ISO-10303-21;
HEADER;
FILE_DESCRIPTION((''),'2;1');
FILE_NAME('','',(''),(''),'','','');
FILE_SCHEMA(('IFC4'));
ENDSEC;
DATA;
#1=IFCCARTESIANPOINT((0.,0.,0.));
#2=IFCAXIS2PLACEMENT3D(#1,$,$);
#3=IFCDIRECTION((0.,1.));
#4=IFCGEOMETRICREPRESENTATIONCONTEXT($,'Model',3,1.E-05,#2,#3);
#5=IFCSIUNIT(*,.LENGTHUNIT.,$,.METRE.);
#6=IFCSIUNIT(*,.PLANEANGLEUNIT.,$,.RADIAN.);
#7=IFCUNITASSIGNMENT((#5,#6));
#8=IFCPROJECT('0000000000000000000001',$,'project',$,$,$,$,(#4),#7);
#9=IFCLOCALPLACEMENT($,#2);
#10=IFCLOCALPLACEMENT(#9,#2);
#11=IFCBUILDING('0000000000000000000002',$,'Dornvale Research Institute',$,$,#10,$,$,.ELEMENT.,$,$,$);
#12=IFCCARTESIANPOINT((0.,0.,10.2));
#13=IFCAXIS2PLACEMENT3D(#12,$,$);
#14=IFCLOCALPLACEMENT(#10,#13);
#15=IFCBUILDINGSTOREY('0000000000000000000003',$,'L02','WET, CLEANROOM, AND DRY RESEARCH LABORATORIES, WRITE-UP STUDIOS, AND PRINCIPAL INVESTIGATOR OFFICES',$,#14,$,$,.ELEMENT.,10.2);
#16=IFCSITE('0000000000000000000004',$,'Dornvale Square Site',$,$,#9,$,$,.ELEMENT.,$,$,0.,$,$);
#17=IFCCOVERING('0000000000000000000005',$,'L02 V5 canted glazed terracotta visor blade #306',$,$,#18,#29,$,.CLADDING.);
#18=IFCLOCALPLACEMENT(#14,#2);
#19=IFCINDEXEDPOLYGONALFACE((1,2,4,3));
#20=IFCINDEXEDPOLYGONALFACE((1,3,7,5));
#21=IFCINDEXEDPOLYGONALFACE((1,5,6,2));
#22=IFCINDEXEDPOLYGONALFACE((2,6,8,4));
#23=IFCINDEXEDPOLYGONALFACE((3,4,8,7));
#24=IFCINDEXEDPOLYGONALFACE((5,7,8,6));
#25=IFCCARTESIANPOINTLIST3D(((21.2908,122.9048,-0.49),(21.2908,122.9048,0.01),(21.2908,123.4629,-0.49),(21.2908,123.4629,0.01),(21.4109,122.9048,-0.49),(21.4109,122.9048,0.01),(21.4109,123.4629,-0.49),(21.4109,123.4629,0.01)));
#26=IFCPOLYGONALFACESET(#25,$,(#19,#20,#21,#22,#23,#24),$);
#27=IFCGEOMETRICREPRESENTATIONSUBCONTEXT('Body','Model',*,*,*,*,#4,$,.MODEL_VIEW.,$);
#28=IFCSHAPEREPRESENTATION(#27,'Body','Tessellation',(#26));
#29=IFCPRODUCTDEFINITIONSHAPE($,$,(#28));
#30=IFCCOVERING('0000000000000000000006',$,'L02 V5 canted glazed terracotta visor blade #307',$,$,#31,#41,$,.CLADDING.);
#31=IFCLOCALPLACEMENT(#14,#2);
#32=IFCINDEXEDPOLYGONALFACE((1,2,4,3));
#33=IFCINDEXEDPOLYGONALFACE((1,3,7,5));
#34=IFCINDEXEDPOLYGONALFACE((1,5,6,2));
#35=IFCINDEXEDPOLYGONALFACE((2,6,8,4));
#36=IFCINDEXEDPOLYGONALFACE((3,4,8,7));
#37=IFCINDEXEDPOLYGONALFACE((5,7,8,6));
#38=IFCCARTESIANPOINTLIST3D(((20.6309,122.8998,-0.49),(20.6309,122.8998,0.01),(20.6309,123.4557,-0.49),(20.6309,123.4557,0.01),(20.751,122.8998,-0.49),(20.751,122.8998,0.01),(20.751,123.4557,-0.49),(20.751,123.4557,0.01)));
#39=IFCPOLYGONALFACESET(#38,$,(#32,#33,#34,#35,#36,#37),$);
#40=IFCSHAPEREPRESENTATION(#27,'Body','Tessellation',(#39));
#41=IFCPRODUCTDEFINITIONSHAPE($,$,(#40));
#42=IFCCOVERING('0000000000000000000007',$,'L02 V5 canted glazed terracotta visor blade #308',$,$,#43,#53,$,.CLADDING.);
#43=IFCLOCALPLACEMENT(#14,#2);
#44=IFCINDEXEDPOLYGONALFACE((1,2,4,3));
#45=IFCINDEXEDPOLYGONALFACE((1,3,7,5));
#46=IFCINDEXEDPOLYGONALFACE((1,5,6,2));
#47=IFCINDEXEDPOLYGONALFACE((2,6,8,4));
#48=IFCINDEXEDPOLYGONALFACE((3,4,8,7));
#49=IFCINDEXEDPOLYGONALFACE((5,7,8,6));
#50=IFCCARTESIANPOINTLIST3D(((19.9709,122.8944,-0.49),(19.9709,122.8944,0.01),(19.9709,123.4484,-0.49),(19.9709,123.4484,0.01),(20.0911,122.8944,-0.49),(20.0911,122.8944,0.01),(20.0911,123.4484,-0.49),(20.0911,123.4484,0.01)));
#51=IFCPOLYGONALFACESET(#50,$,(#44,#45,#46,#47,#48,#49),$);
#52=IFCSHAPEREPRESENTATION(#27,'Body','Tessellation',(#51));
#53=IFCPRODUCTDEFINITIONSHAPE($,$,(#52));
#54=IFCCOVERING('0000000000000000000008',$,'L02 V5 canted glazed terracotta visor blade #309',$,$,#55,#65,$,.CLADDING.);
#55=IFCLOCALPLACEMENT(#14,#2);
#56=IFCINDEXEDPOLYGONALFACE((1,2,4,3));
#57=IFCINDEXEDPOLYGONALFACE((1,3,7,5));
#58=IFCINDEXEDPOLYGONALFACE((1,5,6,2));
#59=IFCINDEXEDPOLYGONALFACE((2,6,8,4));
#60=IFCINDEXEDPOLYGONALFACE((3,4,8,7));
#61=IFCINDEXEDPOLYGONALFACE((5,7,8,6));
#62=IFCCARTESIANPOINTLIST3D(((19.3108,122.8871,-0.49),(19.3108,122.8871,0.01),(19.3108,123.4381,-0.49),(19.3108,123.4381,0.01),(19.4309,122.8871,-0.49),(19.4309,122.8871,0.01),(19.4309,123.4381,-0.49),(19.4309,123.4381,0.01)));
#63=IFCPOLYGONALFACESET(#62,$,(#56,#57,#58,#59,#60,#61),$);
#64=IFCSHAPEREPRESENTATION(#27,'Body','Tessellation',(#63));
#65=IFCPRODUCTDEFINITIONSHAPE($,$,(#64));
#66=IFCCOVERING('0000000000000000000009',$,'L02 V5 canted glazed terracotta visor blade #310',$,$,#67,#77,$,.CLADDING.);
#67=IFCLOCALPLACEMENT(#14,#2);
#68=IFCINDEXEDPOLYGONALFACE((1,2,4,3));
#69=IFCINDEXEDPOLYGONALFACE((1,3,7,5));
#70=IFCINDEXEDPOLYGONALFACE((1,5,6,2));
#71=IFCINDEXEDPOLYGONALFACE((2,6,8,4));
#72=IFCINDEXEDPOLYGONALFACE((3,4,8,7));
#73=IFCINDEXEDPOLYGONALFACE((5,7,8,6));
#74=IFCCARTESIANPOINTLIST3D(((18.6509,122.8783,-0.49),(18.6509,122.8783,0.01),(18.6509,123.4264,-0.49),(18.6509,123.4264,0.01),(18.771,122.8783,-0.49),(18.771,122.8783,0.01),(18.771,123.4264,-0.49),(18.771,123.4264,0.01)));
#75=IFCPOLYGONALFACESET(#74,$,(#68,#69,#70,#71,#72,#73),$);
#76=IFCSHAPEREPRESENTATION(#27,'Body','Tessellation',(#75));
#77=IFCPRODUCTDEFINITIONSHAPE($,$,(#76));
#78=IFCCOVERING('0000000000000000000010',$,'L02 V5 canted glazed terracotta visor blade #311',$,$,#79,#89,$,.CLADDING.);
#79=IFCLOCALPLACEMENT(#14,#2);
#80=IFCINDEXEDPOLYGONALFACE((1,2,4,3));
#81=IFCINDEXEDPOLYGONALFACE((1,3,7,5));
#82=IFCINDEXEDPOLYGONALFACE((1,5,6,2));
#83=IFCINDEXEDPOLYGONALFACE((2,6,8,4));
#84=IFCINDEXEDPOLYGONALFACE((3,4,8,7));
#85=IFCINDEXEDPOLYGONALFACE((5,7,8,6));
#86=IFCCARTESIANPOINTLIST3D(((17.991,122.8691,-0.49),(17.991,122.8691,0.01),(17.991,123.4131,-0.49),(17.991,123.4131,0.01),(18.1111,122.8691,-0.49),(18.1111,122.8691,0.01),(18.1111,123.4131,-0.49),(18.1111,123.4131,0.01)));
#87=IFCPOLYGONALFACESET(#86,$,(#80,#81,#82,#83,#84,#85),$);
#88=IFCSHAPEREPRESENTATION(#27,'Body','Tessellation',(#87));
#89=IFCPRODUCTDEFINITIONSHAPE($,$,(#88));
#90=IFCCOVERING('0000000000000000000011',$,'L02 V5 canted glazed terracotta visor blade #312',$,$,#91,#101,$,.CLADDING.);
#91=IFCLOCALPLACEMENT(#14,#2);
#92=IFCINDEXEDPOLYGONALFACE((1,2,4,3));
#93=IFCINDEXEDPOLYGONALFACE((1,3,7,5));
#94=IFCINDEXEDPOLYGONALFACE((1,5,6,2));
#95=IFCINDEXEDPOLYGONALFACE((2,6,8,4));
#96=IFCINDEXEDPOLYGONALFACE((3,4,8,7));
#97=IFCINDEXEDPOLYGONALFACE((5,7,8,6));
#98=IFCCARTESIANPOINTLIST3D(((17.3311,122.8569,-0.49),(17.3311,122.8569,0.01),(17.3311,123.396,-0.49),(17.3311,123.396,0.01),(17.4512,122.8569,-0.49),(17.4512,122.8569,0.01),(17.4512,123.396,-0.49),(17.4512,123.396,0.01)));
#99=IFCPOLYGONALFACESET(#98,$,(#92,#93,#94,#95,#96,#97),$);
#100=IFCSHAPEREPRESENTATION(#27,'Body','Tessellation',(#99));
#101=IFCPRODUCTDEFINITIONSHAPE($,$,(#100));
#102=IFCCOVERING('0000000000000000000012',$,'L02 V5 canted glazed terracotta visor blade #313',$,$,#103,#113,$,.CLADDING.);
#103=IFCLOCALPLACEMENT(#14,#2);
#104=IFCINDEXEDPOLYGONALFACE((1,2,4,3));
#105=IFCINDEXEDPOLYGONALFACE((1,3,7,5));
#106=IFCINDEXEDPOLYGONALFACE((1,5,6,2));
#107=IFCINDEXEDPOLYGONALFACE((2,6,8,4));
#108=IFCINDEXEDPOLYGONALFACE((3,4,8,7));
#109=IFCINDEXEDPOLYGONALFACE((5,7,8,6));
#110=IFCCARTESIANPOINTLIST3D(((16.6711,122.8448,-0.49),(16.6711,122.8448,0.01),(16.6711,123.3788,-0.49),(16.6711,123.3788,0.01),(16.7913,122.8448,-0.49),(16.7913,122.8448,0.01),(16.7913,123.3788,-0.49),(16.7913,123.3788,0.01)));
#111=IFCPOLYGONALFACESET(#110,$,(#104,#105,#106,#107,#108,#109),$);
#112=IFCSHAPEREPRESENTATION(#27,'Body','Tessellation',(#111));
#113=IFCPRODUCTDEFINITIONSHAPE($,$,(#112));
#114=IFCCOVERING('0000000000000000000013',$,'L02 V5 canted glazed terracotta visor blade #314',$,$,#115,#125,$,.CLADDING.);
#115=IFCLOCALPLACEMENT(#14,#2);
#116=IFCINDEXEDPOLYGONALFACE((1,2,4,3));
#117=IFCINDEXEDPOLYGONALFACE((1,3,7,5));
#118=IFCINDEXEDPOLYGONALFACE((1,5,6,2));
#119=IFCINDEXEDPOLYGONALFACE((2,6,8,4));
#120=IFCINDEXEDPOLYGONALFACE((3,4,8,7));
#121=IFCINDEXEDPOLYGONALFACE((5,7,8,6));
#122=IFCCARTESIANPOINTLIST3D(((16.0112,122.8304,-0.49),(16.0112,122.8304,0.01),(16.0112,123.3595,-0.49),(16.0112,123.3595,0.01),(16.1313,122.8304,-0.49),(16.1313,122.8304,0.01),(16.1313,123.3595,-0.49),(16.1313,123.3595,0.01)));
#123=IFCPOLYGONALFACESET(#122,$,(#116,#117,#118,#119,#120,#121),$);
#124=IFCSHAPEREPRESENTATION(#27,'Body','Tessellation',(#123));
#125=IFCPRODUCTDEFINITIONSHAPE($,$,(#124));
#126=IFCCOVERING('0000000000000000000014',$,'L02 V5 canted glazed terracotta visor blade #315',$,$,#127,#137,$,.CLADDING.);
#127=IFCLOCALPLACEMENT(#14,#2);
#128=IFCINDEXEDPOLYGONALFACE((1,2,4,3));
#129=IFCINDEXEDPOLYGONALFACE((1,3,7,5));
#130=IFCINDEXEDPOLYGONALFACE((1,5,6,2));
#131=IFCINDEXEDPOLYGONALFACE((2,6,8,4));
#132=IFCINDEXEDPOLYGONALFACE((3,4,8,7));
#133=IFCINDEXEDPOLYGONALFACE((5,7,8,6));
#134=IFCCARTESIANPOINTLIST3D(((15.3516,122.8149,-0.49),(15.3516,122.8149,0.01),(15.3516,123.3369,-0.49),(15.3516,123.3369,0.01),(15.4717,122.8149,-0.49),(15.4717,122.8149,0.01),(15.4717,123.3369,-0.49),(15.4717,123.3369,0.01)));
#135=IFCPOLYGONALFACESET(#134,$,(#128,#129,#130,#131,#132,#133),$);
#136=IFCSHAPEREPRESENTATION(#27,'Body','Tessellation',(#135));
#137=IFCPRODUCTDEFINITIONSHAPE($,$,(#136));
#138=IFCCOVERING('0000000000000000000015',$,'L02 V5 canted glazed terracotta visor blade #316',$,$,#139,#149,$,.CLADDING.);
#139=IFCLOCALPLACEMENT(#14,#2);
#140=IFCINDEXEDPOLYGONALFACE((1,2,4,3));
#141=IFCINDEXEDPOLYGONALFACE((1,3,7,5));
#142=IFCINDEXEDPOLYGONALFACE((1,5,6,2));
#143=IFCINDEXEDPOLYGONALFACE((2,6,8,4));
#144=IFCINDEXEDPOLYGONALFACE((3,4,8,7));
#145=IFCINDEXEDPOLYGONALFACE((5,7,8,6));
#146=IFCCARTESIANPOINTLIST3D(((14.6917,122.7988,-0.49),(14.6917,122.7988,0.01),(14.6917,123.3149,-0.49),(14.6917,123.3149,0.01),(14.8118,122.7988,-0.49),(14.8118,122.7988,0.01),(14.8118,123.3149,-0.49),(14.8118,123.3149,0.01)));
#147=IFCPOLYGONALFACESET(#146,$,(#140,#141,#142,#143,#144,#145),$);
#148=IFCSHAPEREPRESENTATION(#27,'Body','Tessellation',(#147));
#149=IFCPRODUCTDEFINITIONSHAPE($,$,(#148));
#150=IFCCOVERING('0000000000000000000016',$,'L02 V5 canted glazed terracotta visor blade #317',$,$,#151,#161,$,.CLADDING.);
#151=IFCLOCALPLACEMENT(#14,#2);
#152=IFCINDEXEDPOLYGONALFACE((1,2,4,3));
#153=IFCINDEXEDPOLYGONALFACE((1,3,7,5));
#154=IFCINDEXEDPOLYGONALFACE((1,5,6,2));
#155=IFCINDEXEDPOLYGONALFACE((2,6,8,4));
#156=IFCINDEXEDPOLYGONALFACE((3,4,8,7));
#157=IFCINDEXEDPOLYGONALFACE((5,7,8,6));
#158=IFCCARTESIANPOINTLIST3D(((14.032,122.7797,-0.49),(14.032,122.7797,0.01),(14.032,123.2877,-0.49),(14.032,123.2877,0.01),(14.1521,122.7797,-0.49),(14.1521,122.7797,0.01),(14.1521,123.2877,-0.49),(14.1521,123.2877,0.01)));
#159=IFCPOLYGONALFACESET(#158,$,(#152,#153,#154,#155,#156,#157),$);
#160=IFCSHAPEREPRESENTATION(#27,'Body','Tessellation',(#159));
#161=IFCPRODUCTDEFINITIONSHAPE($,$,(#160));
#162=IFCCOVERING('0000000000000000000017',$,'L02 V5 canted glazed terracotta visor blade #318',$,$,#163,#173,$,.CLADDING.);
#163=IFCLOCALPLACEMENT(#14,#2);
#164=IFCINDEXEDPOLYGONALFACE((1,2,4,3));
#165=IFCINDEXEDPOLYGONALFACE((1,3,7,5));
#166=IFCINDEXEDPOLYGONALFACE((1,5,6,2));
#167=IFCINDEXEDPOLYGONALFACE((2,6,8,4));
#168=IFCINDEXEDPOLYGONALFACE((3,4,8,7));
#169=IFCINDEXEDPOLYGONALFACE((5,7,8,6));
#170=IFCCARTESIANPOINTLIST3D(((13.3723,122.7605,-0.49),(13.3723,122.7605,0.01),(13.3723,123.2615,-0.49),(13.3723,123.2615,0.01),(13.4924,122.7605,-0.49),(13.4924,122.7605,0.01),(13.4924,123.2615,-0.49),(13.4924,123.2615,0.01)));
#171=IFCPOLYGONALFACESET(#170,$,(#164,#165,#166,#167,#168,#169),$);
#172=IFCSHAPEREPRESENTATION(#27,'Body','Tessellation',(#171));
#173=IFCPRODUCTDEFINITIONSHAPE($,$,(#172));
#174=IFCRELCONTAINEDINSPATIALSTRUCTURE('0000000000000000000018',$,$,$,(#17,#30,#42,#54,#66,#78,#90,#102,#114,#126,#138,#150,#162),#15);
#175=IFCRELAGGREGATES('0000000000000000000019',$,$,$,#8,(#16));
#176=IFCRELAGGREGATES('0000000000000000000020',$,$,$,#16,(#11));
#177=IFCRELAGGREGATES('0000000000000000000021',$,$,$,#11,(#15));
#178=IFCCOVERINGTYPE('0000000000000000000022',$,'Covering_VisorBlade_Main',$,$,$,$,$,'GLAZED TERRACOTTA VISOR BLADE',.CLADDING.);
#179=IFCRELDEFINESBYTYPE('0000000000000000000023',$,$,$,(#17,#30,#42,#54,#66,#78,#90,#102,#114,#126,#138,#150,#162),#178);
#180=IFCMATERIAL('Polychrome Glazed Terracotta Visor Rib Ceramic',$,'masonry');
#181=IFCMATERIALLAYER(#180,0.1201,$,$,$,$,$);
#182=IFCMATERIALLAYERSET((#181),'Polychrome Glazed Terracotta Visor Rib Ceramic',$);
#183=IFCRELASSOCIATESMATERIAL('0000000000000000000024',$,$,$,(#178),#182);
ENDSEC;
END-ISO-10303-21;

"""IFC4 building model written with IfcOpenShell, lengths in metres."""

from ifc_helpers import new_model, si_unit, direction, frame, origin, origin_2d, place, context, subcontext, project, spatial, rectangle, extrude, material, layer, layer_set, type_object, element, save


model = new_model("IFC4")

# Units and contexts
model_context = context("Model", 3, precision=1e-05, world=origin(), true_north=direction((0.0, 1.0)))
body_context = subcontext(model_context, "Body", "Model", "MODEL_VIEW")
ifc_project = project(units=[si_unit("LENGTHUNIT", "METRE"), si_unit("PLANEANGLEUNIT", "RADIAN")], contexts=[model_context])

# Site, building, storey
site_placement = place(None, origin())
site = spatial("IfcSite", under=ifc_project, at=site_placement, Name="Dornvale Square Site", CompositionType="ELEMENT", RefElevation=0.0)
building_placement = place(site_placement, origin())
building = spatial("IfcBuilding", under=site, at=building_placement, Name="Dornvale Research Institute", CompositionType="ELEMENT")
storey_placement = place(building_placement, frame((0.0, 0.0, 10.2)))
storey = spatial("IfcBuildingStorey", under=building, at=storey_placement, Name="L02", Description="WET, CLEANROOM, AND DRY RESEARCH LABORATORIES, WRITE-UP STUDIOS, AND PRINCIPAL INVESTIGATOR OFFICES", CompositionType="ELEMENT", Elevation=10.2)

# Coverings
ifc_material_1 = material(Name="Polychrome Glazed Terracotta Visor Rib Ceramic", Category="masonry")
ifc_layer_1 = layer(ifc_material_1, 0.1201)
ifc_layer_set_1 = layer_set([ifc_layer_1], Name="Polychrome Glazed Terracotta Visor Rib Ceramic")
covering_type = type_object("IfcCoveringType", Name="Covering_VisorBlade_Main", ElementType="GLAZED TERRACOTTA VISOR BLADE", PredefinedType="CLADDING", material=ifc_layer_set_1)
covering_1_placement = place(storey_placement, frame((21.3508, 123.1838, -0.49), z_axis=(0.0, 0.0, 1.0), x_axis=(0.0, 1.0, 0.0)))
element("IfcCovering", 1, at=covering_1_placement, inside=storey, type_object=covering_type, Name="L02 V5 canted glazed terracotta visor blade #306", PredefinedType="CLADDING", context=body_context, shape_type="SweptSolid", body=[
    extrude(rectangle(XDim=0.5581, YDim=0.1201, at=origin_2d()), origin(), (0.0, 0.0, 1.0), 0.5),
])
covering_2_placement = place(storey_placement, frame((20.6909, 123.1777, -0.49), z_axis=(0.0, 0.0, 1.0), x_axis=(0.0, 1.0, 0.0)))
element("IfcCovering", 2, at=covering_2_placement, inside=storey, type_object=covering_type, Name="L02 V5 canted glazed terracotta visor blade #307", PredefinedType="CLADDING", context=body_context, shape_type="SweptSolid", body=[
    extrude(rectangle(XDim=0.5559, YDim=0.1201, at=origin_2d()), origin(), (0.0, 0.0, 1.0), 0.5),
])
covering_3_placement = place(storey_placement, frame((20.031, 123.1714, -0.49), z_axis=(0.0, 0.0, 1.0), x_axis=(0.0, 1.0, 0.0)))
element("IfcCovering", 3, at=covering_3_placement, inside=storey, type_object=covering_type, Name="L02 V5 canted glazed terracotta visor blade #308", PredefinedType="CLADDING", context=body_context, shape_type="SweptSolid", body=[
    extrude(rectangle(XDim=0.554, YDim=0.1201, at=origin_2d()), origin(), (0.0, 0.0, 1.0), 0.5),
])
covering_4_placement = place(storey_placement, frame((19.3708, 123.1626, -0.49), z_axis=(0.0, 0.0, 1.0), x_axis=(0.0, 1.0, 0.0)))
element("IfcCovering", 4, at=covering_4_placement, inside=storey, type_object=covering_type, Name="L02 V5 canted glazed terracotta visor blade #309", PredefinedType="CLADDING", context=body_context, shape_type="SweptSolid", body=[
    extrude(rectangle(XDim=0.551, YDim=0.1201, at=origin_2d()), origin(), (0.0, 0.0, 1.0), 0.5),
])
covering_5_placement = place(storey_placement, frame((18.7109, 123.1523, -0.49), z_axis=(0.0, 0.0, 1.0), x_axis=(0.0, 1.0, 0.0)))
element("IfcCovering", 5, at=covering_5_placement, inside=storey, type_object=covering_type, Name="L02 V5 canted glazed terracotta visor blade #310", PredefinedType="CLADDING", context=body_context, shape_type="SweptSolid", body=[
    extrude(rectangle(XDim=0.5481, YDim=0.1201, at=origin_2d()), origin(), (0.0, 0.0, 1.0), 0.5),
])
covering_6_placement = place(storey_placement, frame((18.051, 123.1411, -0.49), z_axis=(0.0, 0.0, 1.0), x_axis=(0.0, 1.0, 0.0)))
element("IfcCovering", 6, at=covering_6_placement, inside=storey, type_object=covering_type, Name="L02 V5 canted glazed terracotta visor blade #311", PredefinedType="CLADDING", context=body_context, shape_type="SweptSolid", body=[
    extrude(rectangle(XDim=0.5439, YDim=0.1201, at=origin_2d()), origin(), (0.0, 0.0, 1.0), 0.5),
])
covering_7_placement = place(storey_placement, frame((17.3911, 123.1265, -0.49), z_axis=(0.0, 0.0, 1.0), x_axis=(0.0, 1.0, 0.0)))
element("IfcCovering", 7, at=covering_7_placement, inside=storey, type_object=covering_type, Name="L02 V5 canted glazed terracotta visor blade #312", PredefinedType="CLADDING", context=body_context, shape_type="SweptSolid", body=[
    extrude(rectangle(XDim=0.5391, YDim=0.1201, at=origin_2d()), origin(), (0.0, 0.0, 1.0), 0.5),
])
covering_8_placement = place(storey_placement, frame((16.7312, 123.1118, -0.49), z_axis=(0.0, 0.0, 1.0), x_axis=(0.0, 1.0, 0.0)))
element("IfcCovering", 8, at=covering_8_placement, inside=storey, type_object=covering_type, Name="L02 V5 canted glazed terracotta visor blade #313", PredefinedType="CLADDING", context=body_context, shape_type="SweptSolid", body=[
    extrude(rectangle(XDim=0.5339, YDim=0.1201, at=origin_2d()), origin(), (0.0, 0.0, 1.0), 0.5),
])
covering_9_placement = place(storey_placement, frame((16.0713, 123.095, -0.49), z_axis=(0.0, 0.0, 1.0), x_axis=(0.0, 1.0, 0.0)))
element("IfcCovering", 9, at=covering_9_placement, inside=storey, type_object=covering_type, Name="L02 V5 canted glazed terracotta visor blade #314", PredefinedType="CLADDING", context=body_context, shape_type="SweptSolid", body=[
    extrude(rectangle(XDim=0.5291, YDim=0.1201, at=origin_2d()), origin(), (0.0, 0.0, 1.0), 0.5),
])
covering_10_placement = place(storey_placement, frame((15.4116, 123.0759, -0.49), z_axis=(0.0, 0.0, 1.0), x_axis=(0.0, 1.0, 0.0)))
element("IfcCovering", 10, at=covering_10_placement, inside=storey, type_object=covering_type, Name="L02 V5 canted glazed terracotta visor blade #315", PredefinedType="CLADDING", context=body_context, shape_type="SweptSolid", body=[
    extrude(rectangle(XDim=0.522, YDim=0.1201, at=origin_2d()), origin(), (0.0, 0.0, 1.0), 0.5),
])
covering_11_placement = place(storey_placement, frame((14.7517, 123.0569, -0.49), z_axis=(0.0, 0.0, 1.0), x_axis=(0.0, 1.0, 0.0)))
element("IfcCovering", 11, at=covering_11_placement, inside=storey, type_object=covering_type, Name="L02 V5 canted glazed terracotta visor blade #316", PredefinedType="CLADDING", context=body_context, shape_type="SweptSolid", body=[
    extrude(rectangle(XDim=0.5161, YDim=0.1201, at=origin_2d()), origin(), (0.0, 0.0, 1.0), 0.5),
])
covering_12_placement = place(storey_placement, frame((14.092, 123.0337, -0.49), z_axis=(0.0, 0.0, 1.0), x_axis=(0.0, 1.0, 0.0)))
element("IfcCovering", 12, at=covering_12_placement, inside=storey, type_object=covering_type, Name="L02 V5 canted glazed terracotta visor blade #317", PredefinedType="CLADDING", context=body_context, shape_type="SweptSolid", body=[
    extrude(rectangle(XDim=0.5081, YDim=0.1201, at=origin_2d()), origin(), (0.0, 0.0, 1.0), 0.5),
])
covering_13_placement = place(storey_placement, frame((13.4324, 123.011, -0.49), z_axis=(0.0, 0.0, 1.0), x_axis=(0.0, 1.0, 0.0)))
element("IfcCovering", 13, at=covering_13_placement, inside=storey, type_object=covering_type, Name="L02 V5 canted glazed terracotta visor blade #318", PredefinedType="CLADDING", context=body_context, shape_type="SweptSolid", body=[
    extrude(rectangle(XDim=0.501, YDim=0.1201, at=origin_2d()), origin(), (0.0, 0.0, 1.0), 0.5),
])

save(model, "model.ifc")
